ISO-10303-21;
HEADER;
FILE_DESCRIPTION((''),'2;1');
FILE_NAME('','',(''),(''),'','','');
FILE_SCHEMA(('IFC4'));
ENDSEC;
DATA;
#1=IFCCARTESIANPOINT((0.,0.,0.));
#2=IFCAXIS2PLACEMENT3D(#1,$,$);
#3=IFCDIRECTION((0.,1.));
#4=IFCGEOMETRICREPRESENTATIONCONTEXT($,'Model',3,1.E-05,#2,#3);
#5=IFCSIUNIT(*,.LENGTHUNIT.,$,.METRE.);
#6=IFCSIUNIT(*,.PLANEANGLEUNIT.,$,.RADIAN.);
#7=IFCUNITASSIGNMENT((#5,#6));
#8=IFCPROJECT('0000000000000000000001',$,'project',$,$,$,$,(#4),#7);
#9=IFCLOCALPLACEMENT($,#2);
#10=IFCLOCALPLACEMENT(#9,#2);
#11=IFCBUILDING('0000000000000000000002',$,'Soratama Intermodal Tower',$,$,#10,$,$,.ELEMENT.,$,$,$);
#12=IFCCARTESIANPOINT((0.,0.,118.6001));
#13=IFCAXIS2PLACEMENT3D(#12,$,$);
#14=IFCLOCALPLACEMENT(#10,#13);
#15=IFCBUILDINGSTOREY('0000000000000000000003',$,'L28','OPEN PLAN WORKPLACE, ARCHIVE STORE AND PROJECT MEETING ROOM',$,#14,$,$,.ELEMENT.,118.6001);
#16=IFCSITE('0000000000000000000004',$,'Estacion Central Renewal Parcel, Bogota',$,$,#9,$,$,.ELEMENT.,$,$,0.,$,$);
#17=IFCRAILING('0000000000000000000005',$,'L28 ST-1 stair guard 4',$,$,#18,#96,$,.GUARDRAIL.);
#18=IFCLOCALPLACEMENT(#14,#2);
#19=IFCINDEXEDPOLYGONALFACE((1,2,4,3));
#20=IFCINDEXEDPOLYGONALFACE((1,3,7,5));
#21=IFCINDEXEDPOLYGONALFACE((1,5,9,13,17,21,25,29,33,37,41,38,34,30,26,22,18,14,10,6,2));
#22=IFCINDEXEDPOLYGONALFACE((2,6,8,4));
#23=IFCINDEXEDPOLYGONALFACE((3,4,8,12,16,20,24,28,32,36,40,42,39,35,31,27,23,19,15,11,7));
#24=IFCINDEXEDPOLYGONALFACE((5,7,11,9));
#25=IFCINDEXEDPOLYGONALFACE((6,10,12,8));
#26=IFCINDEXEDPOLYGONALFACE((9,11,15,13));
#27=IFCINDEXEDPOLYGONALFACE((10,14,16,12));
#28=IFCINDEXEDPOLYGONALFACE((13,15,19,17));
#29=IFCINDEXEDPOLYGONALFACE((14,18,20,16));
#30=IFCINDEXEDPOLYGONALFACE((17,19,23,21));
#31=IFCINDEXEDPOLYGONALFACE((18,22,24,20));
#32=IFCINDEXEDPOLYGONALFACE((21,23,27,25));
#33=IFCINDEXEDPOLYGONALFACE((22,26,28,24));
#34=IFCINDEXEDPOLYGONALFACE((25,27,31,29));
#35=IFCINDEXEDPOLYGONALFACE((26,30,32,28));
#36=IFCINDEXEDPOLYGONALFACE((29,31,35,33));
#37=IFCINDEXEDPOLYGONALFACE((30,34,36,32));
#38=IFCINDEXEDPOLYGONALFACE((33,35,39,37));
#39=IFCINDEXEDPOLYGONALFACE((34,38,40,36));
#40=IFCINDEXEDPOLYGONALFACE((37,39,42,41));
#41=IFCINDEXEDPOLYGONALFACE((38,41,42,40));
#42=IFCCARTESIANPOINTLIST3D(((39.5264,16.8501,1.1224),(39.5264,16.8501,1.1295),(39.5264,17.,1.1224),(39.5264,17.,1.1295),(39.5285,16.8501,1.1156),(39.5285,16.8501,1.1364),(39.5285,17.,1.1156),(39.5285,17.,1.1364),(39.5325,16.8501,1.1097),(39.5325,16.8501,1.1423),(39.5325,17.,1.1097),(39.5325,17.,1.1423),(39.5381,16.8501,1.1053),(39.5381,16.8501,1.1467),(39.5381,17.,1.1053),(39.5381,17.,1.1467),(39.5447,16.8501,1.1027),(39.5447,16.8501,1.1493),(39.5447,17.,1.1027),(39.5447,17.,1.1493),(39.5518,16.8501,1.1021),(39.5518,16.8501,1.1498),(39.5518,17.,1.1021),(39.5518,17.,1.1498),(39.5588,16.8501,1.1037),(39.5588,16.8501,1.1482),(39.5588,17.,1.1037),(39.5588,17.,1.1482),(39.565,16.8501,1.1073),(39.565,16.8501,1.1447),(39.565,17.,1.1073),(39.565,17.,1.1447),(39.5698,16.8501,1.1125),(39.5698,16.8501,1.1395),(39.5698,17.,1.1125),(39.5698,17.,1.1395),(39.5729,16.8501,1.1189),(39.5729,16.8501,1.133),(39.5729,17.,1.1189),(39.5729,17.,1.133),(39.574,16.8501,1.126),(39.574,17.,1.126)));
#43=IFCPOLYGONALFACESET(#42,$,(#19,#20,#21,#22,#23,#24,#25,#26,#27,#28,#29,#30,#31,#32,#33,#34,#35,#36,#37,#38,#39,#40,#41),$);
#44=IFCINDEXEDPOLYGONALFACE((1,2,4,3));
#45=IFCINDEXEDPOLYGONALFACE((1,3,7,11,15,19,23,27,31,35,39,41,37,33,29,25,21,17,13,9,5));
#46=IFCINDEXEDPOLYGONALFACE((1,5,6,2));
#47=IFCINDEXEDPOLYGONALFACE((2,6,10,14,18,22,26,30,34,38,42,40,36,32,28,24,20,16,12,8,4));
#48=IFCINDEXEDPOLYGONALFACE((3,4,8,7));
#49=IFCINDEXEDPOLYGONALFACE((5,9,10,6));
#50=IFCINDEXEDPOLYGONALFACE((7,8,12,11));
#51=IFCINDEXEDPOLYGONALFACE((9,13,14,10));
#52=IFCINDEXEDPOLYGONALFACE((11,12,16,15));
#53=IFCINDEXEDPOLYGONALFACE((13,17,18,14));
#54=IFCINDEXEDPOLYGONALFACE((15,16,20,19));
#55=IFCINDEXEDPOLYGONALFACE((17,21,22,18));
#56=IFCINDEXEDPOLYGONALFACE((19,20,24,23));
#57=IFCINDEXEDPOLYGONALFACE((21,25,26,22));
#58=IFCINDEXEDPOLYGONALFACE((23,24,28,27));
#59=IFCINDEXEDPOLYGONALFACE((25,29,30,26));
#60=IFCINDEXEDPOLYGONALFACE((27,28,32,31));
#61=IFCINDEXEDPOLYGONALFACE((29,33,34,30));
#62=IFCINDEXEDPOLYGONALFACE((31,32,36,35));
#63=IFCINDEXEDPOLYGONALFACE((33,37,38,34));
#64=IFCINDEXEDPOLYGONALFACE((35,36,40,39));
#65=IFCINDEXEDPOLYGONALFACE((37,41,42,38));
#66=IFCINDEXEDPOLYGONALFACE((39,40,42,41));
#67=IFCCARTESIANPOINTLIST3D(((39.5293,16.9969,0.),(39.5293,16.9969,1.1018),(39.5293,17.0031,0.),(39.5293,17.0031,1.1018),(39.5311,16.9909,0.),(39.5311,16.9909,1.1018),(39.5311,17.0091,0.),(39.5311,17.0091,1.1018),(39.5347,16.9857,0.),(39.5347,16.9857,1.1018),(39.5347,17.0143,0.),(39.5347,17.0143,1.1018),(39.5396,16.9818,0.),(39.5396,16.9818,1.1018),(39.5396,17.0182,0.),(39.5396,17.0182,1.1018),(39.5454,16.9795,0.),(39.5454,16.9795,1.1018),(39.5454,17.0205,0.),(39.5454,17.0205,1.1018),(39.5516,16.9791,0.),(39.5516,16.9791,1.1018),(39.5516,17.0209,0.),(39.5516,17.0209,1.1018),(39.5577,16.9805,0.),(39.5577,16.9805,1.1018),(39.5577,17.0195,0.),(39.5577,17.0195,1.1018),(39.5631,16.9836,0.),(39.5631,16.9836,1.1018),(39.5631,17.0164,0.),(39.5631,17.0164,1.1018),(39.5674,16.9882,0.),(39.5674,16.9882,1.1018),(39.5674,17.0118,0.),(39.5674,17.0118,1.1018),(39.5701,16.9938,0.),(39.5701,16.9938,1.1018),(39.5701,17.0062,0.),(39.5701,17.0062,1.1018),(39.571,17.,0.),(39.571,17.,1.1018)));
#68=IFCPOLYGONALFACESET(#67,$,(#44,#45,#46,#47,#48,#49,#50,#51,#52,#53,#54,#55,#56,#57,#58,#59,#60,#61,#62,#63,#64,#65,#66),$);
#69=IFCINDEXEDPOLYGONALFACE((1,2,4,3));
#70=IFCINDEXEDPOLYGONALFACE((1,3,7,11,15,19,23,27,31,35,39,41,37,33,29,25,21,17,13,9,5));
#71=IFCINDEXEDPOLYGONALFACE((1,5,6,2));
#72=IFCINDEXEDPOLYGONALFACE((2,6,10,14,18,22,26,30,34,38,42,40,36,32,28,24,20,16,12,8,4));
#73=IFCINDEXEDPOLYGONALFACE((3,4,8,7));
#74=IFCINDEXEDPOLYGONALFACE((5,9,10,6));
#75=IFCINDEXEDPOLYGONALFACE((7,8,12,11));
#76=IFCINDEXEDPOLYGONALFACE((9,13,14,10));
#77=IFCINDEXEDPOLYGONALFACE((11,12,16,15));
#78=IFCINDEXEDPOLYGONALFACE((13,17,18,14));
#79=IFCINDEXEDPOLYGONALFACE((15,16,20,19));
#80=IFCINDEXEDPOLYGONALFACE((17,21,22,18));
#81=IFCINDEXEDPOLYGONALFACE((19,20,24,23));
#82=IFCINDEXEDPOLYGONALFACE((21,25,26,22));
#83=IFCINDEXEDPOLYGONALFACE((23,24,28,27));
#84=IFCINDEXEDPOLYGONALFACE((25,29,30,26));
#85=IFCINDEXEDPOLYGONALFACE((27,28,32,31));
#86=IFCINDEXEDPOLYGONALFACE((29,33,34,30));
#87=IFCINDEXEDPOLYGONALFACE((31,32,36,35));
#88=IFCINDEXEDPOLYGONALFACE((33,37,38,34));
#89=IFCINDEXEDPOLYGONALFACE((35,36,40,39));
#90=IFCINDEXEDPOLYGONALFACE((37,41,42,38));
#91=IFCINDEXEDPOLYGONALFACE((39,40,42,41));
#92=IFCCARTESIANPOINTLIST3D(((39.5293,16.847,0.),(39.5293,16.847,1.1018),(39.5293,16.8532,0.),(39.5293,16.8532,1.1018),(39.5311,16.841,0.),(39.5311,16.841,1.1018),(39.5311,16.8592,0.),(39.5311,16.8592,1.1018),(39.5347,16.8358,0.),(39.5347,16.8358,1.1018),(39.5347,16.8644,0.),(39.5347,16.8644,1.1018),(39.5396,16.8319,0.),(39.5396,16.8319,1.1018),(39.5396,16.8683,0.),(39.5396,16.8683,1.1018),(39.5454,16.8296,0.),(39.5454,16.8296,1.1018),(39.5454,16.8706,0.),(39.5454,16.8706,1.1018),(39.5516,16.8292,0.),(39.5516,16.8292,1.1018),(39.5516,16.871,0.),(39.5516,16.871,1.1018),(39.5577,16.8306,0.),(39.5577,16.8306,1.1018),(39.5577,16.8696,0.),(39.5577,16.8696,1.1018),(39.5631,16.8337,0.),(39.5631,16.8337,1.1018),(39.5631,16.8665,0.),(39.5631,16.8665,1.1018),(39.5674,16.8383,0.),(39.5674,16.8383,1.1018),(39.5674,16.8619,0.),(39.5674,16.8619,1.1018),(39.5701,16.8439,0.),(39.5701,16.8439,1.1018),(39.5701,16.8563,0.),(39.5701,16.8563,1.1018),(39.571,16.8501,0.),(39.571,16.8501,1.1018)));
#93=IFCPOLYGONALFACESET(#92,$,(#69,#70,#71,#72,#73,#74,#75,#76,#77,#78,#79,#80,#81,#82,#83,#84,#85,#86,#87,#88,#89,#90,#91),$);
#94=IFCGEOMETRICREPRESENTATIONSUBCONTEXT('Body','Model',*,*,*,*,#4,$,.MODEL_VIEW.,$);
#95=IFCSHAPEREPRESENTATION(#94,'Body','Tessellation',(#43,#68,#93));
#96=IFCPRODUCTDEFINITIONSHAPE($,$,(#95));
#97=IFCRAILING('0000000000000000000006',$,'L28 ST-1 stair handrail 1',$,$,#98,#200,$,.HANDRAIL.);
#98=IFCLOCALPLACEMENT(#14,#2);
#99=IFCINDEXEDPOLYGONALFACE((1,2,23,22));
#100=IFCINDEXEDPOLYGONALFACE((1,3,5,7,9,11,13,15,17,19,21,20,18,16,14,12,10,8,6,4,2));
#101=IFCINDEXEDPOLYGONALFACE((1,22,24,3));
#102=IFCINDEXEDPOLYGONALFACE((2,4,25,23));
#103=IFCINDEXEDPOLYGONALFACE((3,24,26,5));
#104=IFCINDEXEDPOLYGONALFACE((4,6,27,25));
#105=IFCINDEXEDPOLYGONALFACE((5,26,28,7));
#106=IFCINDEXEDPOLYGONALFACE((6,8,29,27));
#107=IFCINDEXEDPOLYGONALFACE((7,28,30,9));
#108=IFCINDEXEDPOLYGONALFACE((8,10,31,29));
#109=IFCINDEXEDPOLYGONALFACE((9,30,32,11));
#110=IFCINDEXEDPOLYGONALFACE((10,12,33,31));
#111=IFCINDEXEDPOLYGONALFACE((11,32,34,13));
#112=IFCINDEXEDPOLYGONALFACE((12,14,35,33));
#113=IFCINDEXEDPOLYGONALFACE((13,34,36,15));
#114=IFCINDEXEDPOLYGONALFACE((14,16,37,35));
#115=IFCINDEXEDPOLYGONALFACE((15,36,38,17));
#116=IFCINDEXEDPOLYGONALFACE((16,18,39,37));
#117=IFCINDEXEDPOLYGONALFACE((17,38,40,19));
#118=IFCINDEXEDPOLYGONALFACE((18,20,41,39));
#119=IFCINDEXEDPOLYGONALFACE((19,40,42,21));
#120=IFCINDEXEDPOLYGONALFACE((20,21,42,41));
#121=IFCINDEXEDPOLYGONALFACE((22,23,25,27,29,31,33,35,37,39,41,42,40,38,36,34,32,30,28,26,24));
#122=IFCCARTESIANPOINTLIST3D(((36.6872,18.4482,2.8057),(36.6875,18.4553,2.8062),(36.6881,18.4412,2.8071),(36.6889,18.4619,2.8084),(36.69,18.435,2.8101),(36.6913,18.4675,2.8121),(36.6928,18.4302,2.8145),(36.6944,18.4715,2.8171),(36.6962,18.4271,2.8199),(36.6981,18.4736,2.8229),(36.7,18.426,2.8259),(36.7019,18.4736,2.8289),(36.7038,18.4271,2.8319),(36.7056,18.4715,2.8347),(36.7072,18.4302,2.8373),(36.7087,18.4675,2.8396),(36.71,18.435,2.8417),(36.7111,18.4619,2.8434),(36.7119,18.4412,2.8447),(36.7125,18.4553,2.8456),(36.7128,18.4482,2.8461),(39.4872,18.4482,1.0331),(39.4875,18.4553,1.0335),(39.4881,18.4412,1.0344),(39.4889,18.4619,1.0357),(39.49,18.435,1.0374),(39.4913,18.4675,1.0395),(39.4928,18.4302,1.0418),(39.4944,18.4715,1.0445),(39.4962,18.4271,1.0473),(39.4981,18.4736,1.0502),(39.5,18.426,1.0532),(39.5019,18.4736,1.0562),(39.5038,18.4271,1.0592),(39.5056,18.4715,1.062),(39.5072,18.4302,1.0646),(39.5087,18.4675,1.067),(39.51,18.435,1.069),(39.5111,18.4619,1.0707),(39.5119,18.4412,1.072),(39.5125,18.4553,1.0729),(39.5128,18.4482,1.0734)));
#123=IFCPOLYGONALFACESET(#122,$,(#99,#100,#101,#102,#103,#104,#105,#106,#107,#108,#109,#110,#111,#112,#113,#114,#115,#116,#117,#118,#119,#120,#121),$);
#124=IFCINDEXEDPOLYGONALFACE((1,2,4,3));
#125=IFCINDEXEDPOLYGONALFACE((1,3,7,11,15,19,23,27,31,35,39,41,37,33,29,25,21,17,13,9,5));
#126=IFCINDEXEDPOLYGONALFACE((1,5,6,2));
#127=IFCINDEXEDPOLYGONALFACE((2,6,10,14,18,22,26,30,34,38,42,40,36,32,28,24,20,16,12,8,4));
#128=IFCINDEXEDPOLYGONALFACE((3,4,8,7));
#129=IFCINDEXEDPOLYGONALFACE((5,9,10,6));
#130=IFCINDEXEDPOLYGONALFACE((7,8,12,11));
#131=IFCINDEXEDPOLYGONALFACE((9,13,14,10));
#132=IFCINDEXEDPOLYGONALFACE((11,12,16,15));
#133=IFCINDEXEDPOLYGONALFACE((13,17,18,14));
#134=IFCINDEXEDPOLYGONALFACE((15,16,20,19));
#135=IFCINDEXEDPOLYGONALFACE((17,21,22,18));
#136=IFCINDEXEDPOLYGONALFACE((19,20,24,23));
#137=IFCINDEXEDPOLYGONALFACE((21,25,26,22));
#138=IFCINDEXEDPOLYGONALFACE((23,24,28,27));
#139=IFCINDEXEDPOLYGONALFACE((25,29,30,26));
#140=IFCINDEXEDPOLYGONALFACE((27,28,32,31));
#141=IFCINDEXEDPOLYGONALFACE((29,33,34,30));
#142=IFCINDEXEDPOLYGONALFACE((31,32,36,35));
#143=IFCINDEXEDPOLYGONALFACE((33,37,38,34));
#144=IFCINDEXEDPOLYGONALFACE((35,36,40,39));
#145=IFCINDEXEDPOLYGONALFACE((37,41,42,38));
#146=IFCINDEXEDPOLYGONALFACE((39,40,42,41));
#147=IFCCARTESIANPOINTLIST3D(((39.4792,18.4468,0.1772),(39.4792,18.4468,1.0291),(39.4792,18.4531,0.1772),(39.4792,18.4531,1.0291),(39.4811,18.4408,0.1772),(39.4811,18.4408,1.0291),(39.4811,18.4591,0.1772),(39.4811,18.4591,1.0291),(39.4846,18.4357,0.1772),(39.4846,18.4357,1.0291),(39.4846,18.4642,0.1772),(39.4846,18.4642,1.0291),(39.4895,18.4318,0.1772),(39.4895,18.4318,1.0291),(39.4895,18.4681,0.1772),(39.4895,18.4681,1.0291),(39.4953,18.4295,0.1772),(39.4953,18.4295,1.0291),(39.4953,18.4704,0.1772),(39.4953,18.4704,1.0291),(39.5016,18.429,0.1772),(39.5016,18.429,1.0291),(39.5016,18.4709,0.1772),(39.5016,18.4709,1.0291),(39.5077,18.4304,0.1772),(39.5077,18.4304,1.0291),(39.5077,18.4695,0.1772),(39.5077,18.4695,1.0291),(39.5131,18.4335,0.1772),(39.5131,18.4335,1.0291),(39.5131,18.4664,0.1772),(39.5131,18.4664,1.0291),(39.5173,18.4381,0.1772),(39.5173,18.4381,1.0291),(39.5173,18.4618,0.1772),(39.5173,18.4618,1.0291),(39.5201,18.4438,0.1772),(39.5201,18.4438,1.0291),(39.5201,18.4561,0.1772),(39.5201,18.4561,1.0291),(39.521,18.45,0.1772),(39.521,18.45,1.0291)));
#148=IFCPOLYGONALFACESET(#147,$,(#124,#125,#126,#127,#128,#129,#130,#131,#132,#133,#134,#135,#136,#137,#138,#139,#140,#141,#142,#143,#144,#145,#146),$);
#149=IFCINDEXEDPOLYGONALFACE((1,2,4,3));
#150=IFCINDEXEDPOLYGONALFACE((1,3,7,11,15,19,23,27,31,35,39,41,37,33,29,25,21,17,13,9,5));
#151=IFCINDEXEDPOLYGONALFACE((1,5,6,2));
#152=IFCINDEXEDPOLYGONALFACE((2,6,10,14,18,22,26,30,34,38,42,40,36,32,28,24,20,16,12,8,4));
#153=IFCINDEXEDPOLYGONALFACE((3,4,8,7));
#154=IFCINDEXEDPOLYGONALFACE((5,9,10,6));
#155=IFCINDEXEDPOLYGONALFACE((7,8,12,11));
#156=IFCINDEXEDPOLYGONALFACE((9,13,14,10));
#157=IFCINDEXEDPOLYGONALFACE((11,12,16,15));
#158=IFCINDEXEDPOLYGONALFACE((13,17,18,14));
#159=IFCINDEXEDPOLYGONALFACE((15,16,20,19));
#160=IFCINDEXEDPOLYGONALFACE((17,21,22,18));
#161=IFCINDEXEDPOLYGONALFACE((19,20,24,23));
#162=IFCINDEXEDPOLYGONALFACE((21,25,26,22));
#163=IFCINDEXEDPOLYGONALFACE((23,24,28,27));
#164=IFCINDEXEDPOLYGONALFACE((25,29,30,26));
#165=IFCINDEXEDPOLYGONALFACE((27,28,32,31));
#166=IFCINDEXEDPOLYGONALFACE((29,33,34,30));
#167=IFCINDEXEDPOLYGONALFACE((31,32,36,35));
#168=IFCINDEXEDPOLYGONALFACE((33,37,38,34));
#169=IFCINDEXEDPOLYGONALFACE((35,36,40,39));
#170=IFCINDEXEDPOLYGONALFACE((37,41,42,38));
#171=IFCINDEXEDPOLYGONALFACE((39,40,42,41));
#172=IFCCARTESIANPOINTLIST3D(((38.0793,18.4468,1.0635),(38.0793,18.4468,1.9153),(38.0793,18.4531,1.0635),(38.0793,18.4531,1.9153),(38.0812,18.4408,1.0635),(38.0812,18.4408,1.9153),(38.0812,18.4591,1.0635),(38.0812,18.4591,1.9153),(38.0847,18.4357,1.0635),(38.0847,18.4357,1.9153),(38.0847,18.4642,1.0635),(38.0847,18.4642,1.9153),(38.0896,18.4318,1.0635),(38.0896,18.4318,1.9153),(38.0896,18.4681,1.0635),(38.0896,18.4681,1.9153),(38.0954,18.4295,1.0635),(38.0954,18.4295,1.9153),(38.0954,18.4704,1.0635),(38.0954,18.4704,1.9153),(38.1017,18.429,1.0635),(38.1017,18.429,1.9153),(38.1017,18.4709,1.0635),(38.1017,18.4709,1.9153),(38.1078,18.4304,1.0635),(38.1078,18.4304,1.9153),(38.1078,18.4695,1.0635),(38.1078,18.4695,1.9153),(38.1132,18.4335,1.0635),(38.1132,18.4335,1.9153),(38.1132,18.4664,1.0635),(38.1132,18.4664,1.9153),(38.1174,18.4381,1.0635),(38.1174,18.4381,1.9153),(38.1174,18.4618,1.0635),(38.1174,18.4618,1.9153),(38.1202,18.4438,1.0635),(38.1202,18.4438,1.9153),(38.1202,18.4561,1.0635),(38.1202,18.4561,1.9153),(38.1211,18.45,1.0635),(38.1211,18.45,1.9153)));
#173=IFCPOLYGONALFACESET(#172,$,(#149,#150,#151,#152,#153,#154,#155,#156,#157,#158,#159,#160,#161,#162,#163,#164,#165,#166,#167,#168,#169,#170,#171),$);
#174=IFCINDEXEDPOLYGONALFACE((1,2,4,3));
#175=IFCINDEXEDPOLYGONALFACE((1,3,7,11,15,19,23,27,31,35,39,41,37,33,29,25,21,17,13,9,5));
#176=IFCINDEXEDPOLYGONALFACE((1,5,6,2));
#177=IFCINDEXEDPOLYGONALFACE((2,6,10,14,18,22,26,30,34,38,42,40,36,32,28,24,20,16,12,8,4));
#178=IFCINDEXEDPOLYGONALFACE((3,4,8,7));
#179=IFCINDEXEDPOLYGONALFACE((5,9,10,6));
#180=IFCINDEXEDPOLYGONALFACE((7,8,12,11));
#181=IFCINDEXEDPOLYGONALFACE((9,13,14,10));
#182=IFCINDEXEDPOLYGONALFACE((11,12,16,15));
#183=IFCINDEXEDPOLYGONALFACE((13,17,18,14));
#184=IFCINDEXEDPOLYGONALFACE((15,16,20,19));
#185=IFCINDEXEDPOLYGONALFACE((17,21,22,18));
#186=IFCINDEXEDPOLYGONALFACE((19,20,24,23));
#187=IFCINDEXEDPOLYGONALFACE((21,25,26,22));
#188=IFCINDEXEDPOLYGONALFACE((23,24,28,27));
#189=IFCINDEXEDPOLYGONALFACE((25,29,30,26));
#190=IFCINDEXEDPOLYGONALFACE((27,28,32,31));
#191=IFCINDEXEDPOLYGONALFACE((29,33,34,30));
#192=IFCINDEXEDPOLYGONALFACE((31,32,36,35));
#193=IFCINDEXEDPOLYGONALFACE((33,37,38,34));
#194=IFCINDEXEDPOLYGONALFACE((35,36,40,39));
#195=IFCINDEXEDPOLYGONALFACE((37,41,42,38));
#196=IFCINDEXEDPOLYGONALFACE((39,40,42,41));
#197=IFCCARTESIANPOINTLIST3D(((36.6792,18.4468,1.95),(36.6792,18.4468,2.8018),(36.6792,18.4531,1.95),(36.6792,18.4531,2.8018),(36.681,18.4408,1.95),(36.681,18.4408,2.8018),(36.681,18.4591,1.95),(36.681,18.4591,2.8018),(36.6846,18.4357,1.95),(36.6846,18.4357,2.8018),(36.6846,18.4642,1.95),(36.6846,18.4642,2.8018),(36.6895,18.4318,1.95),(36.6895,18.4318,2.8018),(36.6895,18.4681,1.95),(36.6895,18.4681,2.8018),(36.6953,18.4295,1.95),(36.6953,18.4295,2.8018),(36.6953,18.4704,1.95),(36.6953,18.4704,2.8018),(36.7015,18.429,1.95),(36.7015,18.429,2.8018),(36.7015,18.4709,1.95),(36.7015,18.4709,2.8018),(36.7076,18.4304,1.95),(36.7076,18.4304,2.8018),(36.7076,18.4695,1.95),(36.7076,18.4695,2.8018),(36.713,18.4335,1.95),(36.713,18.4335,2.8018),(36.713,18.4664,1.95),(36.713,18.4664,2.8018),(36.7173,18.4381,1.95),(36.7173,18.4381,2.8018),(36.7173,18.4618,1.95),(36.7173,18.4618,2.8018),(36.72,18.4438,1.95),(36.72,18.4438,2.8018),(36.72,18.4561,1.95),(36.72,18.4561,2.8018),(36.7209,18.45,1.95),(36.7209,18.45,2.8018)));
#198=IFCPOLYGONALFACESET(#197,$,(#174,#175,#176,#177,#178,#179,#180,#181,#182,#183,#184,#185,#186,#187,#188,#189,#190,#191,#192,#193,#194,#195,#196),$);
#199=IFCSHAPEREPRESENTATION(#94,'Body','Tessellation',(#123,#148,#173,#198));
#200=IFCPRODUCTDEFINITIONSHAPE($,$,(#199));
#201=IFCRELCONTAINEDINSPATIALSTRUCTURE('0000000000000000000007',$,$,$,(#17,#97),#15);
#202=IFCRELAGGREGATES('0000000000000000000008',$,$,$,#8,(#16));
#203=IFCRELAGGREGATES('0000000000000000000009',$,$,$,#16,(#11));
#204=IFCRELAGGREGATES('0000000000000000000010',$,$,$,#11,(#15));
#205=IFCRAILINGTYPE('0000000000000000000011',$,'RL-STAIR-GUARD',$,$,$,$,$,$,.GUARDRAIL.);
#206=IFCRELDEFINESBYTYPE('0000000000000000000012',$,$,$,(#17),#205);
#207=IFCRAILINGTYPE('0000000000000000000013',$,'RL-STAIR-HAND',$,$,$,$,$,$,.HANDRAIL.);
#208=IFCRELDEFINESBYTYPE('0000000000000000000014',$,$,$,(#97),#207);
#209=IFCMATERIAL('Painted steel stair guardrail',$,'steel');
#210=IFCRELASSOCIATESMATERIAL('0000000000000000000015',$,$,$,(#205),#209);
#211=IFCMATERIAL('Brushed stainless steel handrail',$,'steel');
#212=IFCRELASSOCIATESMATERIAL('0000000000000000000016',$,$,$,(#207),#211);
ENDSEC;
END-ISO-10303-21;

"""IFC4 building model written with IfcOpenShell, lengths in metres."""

from ifc_helpers import new_model, si_unit, direction, frame, origin, origin_2d, place, context, subcontext, project, spatial, circle, extrude, material, type_object, element, save


model = new_model("IFC4")

# Units and contexts
model_context = context("Model", 3, precision=1e-05, world=origin(), true_north=direction((0.0, 1.0)))
body_context = subcontext(model_context, "Body", "Model", "MODEL_VIEW")
ifc_project = project(units=[si_unit("LENGTHUNIT", "METRE"), si_unit("PLANEANGLEUNIT", "RADIAN")], contexts=[model_context])

# Site, building, storey
site_placement = place(None, origin())
site = spatial("IfcSite", under=ifc_project, at=site_placement, Name="Estacion Central Renewal Parcel, Bogota", CompositionType="ELEMENT", RefElevation=0.0)
building_placement = place(site_placement, origin())
building = spatial("IfcBuilding", under=site, at=building_placement, Name="Soratama Intermodal Tower", CompositionType="ELEMENT")
storey_placement = place(building_placement, frame((0.0, 0.0, 118.6001)))
storey = spatial("IfcBuildingStorey", under=building, at=storey_placement, Name="L28", Description="OPEN PLAN WORKPLACE, ARCHIVE STORE AND PROJECT MEETING ROOM", CompositionType="ELEMENT", Elevation=118.6001)

# Railings
ifc_material_1 = material(Name="Painted steel stair guardrail", Category="steel")
railing_type_1 = type_object("IfcRailingType", Name="RL-STAIR-GUARD", PredefinedType="GUARDRAIL", material=ifc_material_1)
railing_1_placement = place(storey_placement, frame((39.55, 17.0, 0.0)))
element("IfcRailing", 1, at=railing_1_placement, inside=storey, type_object=railing_type_1, Name="L28 ST-1 stair guard 4", PredefinedType="GUARDRAIL", context=body_context, shape_type="SweptSolid", body=[
    extrude(circle(Radius=0.0239, at=origin_2d()), frame((0.0, 0.0, 1.126), z_axis=(0.0, -1.0, 0.0), x_axis=(1.0, 0.0, 0.0)), (0.0, 0.0, 1.0), 0.1499),
    extrude(circle(Radius=0.021, at=origin_2d()), origin(), (0.0, 0.0, 1.0), 1.1018),
    extrude(circle(Radius=0.021, at=origin_2d()), frame((0.0, -0.1499, 0.0)), (0.0, 0.0, 1.0), 1.1018),
])
ifc_material_2 = material(Name="Brushed stainless steel handrail", Category="steel")
railing_type_2 = type_object("IfcRailingType", Name="RL-STAIR-HAND", PredefinedType="HANDRAIL", material=ifc_material_2)
railing_2_placement = place(storey_placement, frame((39.5, 18.45, 0.1772)))
element("IfcRailing", 2, at=railing_2_placement, inside=storey, type_object=railing_type_2, Name="L28 ST-1 stair handrail 1", PredefinedType="HANDRAIL", context=body_context, shape_type="SweptSolid", body=[
    extrude(circle(Radius=0.0239, at=origin_2d()), frame((0.0, 0.0, 0.876), z_axis=(-0.844909, 0.0, 0.53491), x_axis=(0.0, -1.0, 0.0)), (0.0, 0.0, 1.0), 3.314),
    extrude(circle(Radius=0.021, at=origin_2d()), origin(), (0.0, 0.0, 1.0), 0.8518),
    extrude(circle(Radius=0.021, at=origin_2d()), frame((-1.3999, 0.0, 0.8862)), (0.0, 0.0, 1.0), 0.8518),
    extrude(circle(Radius=0.021, at=origin_2d()), frame((-2.8, 0.0, 1.7727)), (0.0, 0.0, 1.0), 0.8518),
])

save(model, "model.ifc")
